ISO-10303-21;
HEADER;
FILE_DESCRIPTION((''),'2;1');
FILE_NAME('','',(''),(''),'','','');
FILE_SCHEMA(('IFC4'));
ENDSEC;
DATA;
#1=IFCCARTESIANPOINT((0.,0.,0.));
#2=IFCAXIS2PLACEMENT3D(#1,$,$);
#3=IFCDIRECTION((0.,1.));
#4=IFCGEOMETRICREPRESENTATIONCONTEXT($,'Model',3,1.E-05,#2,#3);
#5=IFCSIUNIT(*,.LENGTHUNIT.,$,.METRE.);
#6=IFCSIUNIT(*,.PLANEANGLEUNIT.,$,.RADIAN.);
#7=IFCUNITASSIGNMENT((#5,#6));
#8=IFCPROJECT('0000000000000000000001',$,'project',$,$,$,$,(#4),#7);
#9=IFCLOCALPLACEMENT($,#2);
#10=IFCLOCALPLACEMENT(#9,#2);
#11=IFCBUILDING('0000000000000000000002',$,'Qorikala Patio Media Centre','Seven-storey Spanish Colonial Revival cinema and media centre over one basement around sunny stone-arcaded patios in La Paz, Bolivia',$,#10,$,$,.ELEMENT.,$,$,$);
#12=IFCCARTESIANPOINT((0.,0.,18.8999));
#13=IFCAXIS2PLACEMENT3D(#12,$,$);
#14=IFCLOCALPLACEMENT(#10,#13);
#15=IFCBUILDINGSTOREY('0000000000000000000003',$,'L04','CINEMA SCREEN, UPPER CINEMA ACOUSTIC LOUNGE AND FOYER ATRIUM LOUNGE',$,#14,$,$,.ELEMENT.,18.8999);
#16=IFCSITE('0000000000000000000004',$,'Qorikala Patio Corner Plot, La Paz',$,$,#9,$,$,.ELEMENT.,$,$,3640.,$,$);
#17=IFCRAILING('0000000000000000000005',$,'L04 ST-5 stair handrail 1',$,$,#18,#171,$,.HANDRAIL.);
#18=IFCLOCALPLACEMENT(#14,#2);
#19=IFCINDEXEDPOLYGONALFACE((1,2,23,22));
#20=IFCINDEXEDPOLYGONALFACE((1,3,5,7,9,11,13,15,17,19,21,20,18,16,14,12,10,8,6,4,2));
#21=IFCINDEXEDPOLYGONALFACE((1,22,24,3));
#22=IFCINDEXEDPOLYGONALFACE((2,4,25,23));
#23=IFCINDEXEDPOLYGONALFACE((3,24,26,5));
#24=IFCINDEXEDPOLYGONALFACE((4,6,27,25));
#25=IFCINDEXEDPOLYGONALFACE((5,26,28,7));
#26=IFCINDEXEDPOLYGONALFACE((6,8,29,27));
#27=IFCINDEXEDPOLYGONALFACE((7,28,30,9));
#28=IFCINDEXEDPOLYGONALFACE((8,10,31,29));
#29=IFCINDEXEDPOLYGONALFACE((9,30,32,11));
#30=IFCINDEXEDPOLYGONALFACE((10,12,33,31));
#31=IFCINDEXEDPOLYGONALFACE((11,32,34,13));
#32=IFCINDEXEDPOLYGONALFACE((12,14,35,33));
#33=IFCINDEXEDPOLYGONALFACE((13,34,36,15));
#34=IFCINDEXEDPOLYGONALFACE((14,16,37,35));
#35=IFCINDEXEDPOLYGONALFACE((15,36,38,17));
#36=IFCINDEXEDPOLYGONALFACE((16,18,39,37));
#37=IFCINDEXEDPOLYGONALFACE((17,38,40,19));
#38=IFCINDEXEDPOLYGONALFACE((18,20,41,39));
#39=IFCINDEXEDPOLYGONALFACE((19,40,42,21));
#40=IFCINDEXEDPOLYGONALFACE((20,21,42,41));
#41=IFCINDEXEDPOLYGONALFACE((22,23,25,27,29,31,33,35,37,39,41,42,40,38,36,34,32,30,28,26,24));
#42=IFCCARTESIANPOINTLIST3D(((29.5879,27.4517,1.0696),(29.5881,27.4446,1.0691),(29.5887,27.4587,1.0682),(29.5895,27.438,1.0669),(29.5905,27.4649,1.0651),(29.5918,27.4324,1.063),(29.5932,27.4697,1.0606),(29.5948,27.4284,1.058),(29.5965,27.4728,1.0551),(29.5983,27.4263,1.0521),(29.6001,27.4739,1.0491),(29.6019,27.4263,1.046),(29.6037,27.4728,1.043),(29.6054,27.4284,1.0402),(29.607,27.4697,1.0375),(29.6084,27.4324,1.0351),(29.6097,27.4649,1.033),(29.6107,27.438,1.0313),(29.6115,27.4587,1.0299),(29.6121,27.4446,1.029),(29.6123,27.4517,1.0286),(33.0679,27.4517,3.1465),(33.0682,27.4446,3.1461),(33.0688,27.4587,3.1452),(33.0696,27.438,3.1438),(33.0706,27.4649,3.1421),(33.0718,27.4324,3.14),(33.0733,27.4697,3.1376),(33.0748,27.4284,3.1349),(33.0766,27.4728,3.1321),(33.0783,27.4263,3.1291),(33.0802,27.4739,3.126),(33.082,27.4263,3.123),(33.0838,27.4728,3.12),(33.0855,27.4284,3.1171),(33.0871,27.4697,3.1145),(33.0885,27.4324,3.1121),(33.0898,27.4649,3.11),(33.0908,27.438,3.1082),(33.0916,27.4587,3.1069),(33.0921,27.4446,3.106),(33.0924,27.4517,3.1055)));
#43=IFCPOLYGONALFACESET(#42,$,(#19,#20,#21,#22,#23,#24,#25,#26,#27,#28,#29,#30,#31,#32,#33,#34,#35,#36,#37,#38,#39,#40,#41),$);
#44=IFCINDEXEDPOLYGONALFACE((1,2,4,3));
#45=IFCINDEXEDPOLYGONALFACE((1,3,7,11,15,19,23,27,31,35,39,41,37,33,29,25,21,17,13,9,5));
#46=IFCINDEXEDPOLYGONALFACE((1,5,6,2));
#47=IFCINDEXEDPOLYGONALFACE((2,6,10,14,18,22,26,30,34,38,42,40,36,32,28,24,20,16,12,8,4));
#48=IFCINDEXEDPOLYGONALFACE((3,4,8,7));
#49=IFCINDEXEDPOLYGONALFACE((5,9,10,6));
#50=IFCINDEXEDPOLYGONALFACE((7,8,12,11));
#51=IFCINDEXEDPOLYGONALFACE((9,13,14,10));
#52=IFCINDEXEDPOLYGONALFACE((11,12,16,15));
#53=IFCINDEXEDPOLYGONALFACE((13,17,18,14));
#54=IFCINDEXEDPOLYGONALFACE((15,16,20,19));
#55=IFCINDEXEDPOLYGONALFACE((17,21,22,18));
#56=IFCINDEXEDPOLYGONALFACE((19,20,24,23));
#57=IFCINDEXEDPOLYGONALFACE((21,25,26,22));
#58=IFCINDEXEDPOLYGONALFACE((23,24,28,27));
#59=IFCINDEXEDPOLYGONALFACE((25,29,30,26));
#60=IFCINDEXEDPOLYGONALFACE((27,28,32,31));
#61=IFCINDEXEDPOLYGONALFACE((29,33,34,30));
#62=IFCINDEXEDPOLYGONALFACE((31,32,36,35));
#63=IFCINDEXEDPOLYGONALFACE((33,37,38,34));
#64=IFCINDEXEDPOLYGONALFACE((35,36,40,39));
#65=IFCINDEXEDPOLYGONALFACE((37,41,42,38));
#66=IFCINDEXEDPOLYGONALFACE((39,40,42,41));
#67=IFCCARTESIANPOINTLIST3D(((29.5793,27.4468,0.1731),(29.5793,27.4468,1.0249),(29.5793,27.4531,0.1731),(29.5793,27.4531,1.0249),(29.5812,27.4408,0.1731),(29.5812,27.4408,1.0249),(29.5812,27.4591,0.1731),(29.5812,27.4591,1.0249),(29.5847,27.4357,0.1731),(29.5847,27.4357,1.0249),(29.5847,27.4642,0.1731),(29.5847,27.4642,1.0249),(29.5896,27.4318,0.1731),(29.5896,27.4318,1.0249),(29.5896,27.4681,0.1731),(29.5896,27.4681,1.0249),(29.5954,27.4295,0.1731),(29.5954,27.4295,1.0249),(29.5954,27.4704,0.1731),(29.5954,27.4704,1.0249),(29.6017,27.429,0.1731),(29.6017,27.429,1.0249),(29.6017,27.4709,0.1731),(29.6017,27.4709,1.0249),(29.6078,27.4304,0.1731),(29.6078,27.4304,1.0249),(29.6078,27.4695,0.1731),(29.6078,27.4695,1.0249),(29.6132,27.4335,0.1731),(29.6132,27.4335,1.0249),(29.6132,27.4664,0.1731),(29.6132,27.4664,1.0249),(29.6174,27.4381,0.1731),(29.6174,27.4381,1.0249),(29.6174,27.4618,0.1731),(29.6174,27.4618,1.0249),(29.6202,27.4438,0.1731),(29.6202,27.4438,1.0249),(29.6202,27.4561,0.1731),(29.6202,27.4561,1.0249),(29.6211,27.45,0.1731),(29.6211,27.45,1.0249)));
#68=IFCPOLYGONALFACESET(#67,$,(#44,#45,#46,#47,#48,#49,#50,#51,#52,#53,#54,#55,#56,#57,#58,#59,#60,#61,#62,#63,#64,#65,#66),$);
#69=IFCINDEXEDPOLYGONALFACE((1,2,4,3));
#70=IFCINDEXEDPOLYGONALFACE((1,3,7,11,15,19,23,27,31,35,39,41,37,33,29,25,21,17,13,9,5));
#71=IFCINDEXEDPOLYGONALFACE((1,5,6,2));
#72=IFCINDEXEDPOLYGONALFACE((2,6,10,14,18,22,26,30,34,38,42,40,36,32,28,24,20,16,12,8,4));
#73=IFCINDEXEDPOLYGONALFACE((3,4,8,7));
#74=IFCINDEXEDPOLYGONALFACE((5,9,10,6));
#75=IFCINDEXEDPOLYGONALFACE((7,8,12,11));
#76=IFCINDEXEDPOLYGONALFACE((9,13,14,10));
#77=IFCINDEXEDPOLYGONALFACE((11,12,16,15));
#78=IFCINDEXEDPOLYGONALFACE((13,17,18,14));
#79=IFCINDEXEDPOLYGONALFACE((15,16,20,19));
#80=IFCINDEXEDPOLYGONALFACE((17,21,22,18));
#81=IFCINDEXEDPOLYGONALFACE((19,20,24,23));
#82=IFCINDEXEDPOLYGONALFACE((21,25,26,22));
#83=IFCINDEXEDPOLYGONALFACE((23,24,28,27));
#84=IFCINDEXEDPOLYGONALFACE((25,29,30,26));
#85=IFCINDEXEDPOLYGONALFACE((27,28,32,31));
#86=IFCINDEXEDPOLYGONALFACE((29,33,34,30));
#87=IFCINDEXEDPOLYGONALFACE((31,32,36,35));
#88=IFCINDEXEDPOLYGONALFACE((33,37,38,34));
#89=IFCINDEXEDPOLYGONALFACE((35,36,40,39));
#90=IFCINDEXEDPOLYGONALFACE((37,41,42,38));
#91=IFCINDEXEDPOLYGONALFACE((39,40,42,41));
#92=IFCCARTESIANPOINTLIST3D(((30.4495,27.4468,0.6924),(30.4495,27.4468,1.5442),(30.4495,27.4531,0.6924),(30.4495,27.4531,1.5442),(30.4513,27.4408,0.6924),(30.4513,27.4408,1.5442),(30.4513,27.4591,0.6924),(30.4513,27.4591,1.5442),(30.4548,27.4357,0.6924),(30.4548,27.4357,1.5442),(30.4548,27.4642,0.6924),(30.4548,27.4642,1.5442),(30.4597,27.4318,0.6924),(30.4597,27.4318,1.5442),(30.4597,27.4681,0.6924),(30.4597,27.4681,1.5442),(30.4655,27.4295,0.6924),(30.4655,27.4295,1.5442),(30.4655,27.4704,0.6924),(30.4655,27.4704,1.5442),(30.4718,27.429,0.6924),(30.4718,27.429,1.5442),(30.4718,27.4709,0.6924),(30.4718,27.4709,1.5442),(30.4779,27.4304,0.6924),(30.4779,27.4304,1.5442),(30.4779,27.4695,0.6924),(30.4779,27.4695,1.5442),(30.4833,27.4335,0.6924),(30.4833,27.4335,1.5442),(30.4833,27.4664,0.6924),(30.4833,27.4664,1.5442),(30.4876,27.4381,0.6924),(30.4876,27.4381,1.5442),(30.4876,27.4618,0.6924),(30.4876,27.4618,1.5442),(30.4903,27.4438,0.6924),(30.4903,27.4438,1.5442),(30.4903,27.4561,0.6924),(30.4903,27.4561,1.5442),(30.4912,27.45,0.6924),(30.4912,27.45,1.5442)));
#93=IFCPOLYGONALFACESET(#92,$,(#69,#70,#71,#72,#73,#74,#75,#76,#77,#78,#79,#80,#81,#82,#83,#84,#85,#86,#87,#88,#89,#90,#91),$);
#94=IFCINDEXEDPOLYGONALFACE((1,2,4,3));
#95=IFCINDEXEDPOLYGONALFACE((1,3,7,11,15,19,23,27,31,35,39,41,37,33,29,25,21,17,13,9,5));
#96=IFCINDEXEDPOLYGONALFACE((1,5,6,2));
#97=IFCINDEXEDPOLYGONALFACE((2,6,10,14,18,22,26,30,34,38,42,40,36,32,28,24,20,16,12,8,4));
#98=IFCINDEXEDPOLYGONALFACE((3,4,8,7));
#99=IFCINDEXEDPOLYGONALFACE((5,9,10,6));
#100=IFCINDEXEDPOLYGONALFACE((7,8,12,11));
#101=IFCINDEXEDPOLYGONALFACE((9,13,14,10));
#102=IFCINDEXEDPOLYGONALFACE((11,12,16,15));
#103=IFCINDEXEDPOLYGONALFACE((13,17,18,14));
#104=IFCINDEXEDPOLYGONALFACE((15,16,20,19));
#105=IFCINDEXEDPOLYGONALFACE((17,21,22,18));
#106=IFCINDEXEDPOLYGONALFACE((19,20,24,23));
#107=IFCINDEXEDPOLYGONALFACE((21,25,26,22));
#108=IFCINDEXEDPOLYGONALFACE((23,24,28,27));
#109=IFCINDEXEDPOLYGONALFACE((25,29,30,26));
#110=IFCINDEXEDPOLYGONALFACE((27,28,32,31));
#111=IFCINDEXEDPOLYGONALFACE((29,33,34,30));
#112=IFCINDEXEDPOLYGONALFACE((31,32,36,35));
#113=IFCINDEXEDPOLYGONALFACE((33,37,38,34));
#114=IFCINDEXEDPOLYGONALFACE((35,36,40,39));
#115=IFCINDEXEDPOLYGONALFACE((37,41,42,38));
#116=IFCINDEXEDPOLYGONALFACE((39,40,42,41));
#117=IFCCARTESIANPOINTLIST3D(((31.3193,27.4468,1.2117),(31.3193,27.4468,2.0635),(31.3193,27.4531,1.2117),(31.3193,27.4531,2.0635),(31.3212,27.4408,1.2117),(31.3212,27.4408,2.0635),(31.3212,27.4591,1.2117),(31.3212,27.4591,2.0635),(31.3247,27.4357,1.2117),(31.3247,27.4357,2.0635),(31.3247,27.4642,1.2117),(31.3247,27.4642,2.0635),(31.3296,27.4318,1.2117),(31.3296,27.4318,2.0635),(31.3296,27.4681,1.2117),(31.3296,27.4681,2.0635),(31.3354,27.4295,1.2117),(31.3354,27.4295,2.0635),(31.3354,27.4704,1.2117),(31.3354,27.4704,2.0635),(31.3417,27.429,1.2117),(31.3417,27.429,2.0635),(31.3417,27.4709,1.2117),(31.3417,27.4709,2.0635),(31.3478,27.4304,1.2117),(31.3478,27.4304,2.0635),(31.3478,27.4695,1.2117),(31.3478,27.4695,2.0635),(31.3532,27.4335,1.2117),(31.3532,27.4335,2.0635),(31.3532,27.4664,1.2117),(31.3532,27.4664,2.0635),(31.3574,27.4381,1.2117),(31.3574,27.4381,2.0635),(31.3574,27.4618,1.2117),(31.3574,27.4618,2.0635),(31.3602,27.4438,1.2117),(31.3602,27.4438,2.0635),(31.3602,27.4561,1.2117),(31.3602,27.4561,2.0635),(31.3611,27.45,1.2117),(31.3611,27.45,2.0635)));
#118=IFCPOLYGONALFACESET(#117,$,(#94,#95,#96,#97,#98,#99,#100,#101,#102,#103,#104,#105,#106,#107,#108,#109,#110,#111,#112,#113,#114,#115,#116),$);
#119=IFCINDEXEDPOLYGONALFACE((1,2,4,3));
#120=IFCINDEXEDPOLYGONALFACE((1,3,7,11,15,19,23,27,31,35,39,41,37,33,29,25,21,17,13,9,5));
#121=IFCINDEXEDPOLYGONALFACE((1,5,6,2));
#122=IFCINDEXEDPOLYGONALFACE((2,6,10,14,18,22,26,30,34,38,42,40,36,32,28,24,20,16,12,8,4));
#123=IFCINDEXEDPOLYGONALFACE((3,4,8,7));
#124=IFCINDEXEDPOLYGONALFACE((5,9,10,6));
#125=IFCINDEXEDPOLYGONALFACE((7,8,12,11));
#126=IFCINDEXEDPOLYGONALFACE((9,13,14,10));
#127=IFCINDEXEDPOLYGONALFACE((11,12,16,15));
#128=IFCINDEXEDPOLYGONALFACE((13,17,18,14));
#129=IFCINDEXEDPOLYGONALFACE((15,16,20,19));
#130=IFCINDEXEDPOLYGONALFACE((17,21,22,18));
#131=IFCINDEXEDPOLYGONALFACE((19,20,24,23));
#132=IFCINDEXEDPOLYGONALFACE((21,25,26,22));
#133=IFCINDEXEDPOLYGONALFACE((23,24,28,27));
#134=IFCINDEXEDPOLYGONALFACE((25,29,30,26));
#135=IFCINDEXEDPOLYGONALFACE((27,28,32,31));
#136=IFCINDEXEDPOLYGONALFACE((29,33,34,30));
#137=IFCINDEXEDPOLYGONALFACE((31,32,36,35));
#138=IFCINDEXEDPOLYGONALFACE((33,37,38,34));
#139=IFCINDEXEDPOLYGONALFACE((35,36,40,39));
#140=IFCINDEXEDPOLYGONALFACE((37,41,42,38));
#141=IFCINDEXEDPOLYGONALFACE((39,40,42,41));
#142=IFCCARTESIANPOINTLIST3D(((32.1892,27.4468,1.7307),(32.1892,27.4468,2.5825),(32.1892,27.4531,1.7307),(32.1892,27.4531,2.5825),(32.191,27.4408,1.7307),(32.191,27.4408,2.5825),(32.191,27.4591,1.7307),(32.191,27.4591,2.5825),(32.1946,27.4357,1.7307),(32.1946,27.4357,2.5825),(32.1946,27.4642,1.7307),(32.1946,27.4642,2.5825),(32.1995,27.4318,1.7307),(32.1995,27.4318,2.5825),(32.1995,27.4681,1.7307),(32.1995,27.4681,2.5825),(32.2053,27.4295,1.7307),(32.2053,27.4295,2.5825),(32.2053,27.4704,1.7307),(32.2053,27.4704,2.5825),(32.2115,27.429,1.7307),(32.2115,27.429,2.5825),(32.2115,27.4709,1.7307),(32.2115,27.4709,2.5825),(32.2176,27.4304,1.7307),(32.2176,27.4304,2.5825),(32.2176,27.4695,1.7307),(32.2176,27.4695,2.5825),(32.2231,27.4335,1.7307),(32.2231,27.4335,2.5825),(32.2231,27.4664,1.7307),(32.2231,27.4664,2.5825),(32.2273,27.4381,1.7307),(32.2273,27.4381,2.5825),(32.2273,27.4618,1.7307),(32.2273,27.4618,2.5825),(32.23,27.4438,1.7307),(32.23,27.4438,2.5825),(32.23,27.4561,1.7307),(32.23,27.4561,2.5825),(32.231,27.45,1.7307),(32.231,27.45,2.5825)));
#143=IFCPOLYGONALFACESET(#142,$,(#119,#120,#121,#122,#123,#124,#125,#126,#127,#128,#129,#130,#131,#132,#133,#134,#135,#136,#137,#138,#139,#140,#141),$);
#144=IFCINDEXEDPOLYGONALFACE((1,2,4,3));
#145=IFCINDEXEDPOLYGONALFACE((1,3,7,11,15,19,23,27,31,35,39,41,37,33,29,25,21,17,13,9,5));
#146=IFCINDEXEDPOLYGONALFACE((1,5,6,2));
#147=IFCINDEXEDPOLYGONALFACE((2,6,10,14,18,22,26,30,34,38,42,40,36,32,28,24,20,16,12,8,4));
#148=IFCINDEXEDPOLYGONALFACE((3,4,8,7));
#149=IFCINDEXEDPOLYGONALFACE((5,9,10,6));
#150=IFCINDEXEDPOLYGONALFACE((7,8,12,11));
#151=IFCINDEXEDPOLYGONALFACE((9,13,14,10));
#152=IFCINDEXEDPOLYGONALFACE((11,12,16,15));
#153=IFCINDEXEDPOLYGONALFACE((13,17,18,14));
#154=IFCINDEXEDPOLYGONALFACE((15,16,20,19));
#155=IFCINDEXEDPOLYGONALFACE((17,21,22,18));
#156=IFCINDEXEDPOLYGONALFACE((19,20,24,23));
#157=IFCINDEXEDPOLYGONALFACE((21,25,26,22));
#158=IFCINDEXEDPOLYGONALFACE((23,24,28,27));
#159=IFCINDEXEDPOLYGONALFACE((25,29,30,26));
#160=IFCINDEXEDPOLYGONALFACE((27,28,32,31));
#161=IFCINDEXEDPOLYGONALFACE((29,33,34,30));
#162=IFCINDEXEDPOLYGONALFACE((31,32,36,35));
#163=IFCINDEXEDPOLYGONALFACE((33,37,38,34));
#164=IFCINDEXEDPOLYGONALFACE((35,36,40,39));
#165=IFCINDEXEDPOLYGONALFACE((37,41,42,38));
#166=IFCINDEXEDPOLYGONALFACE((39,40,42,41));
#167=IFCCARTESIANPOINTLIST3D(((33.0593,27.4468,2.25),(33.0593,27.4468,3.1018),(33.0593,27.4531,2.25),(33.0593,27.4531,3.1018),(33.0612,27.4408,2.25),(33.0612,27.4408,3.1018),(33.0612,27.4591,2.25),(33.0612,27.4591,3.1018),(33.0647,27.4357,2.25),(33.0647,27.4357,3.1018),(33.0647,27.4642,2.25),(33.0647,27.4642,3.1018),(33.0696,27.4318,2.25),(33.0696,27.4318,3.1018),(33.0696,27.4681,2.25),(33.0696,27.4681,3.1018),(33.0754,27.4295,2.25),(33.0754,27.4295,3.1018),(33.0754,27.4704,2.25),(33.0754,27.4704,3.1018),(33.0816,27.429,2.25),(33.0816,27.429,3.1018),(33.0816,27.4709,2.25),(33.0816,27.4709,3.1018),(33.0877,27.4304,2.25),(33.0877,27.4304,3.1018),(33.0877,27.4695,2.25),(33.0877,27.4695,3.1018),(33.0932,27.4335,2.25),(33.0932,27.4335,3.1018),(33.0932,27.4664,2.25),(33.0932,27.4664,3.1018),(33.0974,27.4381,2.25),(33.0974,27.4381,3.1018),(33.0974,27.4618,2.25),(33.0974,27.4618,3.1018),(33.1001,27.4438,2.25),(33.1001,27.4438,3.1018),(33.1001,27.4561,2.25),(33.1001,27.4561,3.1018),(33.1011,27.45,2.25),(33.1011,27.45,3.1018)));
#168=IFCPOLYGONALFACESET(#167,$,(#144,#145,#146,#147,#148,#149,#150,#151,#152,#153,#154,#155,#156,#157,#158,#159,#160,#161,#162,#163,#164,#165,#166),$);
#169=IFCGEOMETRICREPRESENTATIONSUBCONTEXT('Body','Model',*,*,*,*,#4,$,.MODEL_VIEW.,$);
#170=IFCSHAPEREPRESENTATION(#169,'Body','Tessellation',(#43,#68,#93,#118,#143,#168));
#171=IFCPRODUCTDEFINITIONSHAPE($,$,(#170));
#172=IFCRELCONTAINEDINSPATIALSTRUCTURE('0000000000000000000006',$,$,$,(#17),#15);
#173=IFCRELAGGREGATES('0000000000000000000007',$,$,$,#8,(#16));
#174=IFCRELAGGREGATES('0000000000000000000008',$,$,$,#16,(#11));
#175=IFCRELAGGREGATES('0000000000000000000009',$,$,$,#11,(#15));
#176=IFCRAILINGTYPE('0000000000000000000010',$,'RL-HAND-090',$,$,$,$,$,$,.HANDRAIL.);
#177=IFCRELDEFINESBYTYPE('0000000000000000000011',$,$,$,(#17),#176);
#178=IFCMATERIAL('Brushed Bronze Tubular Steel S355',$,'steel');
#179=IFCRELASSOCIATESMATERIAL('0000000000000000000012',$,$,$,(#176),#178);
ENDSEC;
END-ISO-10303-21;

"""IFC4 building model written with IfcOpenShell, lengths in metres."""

from ifc_helpers import new_model, si_unit, direction, frame, origin, origin_2d, place, context, subcontext, project, spatial, circle, extrude, material, type_object, element, save


model = new_model("IFC4")

# Units and contexts
model_context = context("Model", 3, precision=1e-05, world=origin(), true_north=direction((0.0, 1.0)))
body_context = subcontext(model_context, "Body", "Model", "MODEL_VIEW")
ifc_project = project(units=[si_unit("LENGTHUNIT", "METRE"), si_unit("PLANEANGLEUNIT", "RADIAN")], contexts=[model_context])

# Site, building, storey
site_placement = place(None, origin())
site = spatial("IfcSite", under=ifc_project, at=site_placement, Name="Qorikala Patio Corner Plot, La Paz", CompositionType="ELEMENT", RefElevation=3640.0)
building_placement = place(site_placement, origin())
building = spatial("IfcBuilding", under=site, at=building_placement, Name="Qorikala Patio Media Centre", Description="Seven-storey Spanish Colonial Revival cinema and media centre over one basement around sunny stone-arcaded patios in La Paz, Bolivia", CompositionType="ELEMENT")
storey_placement = place(building_placement, frame((0.0, 0.0, 18.8999)))
storey = spatial("IfcBuildingStorey", under=building, at=storey_placement, Name="L04", Description="CINEMA SCREEN, UPPER CINEMA ACOUSTIC LOUNGE AND FOYER ATRIUM LOUNGE", CompositionType="ELEMENT", Elevation=18.8999)

# Railing
ifc_material_1 = material(Name="Brushed Bronze Tubular Steel S355", Category="steel")
railing_type_1 = type_object("IfcRailingType", Name="RL-HAND-090", PredefinedType="HANDRAIL", material=ifc_material_1)
railing_1_placement = place(storey_placement, frame((29.6001, 27.45, 0.1731)))
element("IfcRailing", 1, at=railing_1_placement, inside=storey, type_object=railing_type_1, Name="L04 ST-5 stair handrail 1", PredefinedType="HANDRAIL", context=body_context, shape_type="SweptSolid", body=[
    extrude(circle(Radius=0.0239, at=origin_2d()), frame((0.0, 0.0, 0.876), z_axis=(0.858697, 0.0, 0.512483), x_axis=(0.0, 1.0, 0.0)), (0.0, 0.0, 1.0), 4.0527),
    extrude(circle(Radius=0.021, at=origin_2d()), origin(), (0.0, 0.0, 1.0), 0.8518),
    extrude(circle(Radius=0.021, at=origin_2d()), frame((0.8701, 0.0, 0.5193)), (0.0, 0.0, 1.0), 0.8518),
    extrude(circle(Radius=0.021, at=origin_2d()), frame((1.74, 0.0, 1.0386)), (0.0, 0.0, 1.0), 0.8518),
    extrude(circle(Radius=0.021, at=origin_2d()), frame((2.6099, 0.0, 1.5576)), (0.0, 0.0, 1.0), 0.8518),
    extrude(circle(Radius=0.021, at=origin_2d()), frame((3.48, 0.0, 2.0769)), (0.0, 0.0, 1.0), 0.8518),
])

save(model, "model.ifc")
